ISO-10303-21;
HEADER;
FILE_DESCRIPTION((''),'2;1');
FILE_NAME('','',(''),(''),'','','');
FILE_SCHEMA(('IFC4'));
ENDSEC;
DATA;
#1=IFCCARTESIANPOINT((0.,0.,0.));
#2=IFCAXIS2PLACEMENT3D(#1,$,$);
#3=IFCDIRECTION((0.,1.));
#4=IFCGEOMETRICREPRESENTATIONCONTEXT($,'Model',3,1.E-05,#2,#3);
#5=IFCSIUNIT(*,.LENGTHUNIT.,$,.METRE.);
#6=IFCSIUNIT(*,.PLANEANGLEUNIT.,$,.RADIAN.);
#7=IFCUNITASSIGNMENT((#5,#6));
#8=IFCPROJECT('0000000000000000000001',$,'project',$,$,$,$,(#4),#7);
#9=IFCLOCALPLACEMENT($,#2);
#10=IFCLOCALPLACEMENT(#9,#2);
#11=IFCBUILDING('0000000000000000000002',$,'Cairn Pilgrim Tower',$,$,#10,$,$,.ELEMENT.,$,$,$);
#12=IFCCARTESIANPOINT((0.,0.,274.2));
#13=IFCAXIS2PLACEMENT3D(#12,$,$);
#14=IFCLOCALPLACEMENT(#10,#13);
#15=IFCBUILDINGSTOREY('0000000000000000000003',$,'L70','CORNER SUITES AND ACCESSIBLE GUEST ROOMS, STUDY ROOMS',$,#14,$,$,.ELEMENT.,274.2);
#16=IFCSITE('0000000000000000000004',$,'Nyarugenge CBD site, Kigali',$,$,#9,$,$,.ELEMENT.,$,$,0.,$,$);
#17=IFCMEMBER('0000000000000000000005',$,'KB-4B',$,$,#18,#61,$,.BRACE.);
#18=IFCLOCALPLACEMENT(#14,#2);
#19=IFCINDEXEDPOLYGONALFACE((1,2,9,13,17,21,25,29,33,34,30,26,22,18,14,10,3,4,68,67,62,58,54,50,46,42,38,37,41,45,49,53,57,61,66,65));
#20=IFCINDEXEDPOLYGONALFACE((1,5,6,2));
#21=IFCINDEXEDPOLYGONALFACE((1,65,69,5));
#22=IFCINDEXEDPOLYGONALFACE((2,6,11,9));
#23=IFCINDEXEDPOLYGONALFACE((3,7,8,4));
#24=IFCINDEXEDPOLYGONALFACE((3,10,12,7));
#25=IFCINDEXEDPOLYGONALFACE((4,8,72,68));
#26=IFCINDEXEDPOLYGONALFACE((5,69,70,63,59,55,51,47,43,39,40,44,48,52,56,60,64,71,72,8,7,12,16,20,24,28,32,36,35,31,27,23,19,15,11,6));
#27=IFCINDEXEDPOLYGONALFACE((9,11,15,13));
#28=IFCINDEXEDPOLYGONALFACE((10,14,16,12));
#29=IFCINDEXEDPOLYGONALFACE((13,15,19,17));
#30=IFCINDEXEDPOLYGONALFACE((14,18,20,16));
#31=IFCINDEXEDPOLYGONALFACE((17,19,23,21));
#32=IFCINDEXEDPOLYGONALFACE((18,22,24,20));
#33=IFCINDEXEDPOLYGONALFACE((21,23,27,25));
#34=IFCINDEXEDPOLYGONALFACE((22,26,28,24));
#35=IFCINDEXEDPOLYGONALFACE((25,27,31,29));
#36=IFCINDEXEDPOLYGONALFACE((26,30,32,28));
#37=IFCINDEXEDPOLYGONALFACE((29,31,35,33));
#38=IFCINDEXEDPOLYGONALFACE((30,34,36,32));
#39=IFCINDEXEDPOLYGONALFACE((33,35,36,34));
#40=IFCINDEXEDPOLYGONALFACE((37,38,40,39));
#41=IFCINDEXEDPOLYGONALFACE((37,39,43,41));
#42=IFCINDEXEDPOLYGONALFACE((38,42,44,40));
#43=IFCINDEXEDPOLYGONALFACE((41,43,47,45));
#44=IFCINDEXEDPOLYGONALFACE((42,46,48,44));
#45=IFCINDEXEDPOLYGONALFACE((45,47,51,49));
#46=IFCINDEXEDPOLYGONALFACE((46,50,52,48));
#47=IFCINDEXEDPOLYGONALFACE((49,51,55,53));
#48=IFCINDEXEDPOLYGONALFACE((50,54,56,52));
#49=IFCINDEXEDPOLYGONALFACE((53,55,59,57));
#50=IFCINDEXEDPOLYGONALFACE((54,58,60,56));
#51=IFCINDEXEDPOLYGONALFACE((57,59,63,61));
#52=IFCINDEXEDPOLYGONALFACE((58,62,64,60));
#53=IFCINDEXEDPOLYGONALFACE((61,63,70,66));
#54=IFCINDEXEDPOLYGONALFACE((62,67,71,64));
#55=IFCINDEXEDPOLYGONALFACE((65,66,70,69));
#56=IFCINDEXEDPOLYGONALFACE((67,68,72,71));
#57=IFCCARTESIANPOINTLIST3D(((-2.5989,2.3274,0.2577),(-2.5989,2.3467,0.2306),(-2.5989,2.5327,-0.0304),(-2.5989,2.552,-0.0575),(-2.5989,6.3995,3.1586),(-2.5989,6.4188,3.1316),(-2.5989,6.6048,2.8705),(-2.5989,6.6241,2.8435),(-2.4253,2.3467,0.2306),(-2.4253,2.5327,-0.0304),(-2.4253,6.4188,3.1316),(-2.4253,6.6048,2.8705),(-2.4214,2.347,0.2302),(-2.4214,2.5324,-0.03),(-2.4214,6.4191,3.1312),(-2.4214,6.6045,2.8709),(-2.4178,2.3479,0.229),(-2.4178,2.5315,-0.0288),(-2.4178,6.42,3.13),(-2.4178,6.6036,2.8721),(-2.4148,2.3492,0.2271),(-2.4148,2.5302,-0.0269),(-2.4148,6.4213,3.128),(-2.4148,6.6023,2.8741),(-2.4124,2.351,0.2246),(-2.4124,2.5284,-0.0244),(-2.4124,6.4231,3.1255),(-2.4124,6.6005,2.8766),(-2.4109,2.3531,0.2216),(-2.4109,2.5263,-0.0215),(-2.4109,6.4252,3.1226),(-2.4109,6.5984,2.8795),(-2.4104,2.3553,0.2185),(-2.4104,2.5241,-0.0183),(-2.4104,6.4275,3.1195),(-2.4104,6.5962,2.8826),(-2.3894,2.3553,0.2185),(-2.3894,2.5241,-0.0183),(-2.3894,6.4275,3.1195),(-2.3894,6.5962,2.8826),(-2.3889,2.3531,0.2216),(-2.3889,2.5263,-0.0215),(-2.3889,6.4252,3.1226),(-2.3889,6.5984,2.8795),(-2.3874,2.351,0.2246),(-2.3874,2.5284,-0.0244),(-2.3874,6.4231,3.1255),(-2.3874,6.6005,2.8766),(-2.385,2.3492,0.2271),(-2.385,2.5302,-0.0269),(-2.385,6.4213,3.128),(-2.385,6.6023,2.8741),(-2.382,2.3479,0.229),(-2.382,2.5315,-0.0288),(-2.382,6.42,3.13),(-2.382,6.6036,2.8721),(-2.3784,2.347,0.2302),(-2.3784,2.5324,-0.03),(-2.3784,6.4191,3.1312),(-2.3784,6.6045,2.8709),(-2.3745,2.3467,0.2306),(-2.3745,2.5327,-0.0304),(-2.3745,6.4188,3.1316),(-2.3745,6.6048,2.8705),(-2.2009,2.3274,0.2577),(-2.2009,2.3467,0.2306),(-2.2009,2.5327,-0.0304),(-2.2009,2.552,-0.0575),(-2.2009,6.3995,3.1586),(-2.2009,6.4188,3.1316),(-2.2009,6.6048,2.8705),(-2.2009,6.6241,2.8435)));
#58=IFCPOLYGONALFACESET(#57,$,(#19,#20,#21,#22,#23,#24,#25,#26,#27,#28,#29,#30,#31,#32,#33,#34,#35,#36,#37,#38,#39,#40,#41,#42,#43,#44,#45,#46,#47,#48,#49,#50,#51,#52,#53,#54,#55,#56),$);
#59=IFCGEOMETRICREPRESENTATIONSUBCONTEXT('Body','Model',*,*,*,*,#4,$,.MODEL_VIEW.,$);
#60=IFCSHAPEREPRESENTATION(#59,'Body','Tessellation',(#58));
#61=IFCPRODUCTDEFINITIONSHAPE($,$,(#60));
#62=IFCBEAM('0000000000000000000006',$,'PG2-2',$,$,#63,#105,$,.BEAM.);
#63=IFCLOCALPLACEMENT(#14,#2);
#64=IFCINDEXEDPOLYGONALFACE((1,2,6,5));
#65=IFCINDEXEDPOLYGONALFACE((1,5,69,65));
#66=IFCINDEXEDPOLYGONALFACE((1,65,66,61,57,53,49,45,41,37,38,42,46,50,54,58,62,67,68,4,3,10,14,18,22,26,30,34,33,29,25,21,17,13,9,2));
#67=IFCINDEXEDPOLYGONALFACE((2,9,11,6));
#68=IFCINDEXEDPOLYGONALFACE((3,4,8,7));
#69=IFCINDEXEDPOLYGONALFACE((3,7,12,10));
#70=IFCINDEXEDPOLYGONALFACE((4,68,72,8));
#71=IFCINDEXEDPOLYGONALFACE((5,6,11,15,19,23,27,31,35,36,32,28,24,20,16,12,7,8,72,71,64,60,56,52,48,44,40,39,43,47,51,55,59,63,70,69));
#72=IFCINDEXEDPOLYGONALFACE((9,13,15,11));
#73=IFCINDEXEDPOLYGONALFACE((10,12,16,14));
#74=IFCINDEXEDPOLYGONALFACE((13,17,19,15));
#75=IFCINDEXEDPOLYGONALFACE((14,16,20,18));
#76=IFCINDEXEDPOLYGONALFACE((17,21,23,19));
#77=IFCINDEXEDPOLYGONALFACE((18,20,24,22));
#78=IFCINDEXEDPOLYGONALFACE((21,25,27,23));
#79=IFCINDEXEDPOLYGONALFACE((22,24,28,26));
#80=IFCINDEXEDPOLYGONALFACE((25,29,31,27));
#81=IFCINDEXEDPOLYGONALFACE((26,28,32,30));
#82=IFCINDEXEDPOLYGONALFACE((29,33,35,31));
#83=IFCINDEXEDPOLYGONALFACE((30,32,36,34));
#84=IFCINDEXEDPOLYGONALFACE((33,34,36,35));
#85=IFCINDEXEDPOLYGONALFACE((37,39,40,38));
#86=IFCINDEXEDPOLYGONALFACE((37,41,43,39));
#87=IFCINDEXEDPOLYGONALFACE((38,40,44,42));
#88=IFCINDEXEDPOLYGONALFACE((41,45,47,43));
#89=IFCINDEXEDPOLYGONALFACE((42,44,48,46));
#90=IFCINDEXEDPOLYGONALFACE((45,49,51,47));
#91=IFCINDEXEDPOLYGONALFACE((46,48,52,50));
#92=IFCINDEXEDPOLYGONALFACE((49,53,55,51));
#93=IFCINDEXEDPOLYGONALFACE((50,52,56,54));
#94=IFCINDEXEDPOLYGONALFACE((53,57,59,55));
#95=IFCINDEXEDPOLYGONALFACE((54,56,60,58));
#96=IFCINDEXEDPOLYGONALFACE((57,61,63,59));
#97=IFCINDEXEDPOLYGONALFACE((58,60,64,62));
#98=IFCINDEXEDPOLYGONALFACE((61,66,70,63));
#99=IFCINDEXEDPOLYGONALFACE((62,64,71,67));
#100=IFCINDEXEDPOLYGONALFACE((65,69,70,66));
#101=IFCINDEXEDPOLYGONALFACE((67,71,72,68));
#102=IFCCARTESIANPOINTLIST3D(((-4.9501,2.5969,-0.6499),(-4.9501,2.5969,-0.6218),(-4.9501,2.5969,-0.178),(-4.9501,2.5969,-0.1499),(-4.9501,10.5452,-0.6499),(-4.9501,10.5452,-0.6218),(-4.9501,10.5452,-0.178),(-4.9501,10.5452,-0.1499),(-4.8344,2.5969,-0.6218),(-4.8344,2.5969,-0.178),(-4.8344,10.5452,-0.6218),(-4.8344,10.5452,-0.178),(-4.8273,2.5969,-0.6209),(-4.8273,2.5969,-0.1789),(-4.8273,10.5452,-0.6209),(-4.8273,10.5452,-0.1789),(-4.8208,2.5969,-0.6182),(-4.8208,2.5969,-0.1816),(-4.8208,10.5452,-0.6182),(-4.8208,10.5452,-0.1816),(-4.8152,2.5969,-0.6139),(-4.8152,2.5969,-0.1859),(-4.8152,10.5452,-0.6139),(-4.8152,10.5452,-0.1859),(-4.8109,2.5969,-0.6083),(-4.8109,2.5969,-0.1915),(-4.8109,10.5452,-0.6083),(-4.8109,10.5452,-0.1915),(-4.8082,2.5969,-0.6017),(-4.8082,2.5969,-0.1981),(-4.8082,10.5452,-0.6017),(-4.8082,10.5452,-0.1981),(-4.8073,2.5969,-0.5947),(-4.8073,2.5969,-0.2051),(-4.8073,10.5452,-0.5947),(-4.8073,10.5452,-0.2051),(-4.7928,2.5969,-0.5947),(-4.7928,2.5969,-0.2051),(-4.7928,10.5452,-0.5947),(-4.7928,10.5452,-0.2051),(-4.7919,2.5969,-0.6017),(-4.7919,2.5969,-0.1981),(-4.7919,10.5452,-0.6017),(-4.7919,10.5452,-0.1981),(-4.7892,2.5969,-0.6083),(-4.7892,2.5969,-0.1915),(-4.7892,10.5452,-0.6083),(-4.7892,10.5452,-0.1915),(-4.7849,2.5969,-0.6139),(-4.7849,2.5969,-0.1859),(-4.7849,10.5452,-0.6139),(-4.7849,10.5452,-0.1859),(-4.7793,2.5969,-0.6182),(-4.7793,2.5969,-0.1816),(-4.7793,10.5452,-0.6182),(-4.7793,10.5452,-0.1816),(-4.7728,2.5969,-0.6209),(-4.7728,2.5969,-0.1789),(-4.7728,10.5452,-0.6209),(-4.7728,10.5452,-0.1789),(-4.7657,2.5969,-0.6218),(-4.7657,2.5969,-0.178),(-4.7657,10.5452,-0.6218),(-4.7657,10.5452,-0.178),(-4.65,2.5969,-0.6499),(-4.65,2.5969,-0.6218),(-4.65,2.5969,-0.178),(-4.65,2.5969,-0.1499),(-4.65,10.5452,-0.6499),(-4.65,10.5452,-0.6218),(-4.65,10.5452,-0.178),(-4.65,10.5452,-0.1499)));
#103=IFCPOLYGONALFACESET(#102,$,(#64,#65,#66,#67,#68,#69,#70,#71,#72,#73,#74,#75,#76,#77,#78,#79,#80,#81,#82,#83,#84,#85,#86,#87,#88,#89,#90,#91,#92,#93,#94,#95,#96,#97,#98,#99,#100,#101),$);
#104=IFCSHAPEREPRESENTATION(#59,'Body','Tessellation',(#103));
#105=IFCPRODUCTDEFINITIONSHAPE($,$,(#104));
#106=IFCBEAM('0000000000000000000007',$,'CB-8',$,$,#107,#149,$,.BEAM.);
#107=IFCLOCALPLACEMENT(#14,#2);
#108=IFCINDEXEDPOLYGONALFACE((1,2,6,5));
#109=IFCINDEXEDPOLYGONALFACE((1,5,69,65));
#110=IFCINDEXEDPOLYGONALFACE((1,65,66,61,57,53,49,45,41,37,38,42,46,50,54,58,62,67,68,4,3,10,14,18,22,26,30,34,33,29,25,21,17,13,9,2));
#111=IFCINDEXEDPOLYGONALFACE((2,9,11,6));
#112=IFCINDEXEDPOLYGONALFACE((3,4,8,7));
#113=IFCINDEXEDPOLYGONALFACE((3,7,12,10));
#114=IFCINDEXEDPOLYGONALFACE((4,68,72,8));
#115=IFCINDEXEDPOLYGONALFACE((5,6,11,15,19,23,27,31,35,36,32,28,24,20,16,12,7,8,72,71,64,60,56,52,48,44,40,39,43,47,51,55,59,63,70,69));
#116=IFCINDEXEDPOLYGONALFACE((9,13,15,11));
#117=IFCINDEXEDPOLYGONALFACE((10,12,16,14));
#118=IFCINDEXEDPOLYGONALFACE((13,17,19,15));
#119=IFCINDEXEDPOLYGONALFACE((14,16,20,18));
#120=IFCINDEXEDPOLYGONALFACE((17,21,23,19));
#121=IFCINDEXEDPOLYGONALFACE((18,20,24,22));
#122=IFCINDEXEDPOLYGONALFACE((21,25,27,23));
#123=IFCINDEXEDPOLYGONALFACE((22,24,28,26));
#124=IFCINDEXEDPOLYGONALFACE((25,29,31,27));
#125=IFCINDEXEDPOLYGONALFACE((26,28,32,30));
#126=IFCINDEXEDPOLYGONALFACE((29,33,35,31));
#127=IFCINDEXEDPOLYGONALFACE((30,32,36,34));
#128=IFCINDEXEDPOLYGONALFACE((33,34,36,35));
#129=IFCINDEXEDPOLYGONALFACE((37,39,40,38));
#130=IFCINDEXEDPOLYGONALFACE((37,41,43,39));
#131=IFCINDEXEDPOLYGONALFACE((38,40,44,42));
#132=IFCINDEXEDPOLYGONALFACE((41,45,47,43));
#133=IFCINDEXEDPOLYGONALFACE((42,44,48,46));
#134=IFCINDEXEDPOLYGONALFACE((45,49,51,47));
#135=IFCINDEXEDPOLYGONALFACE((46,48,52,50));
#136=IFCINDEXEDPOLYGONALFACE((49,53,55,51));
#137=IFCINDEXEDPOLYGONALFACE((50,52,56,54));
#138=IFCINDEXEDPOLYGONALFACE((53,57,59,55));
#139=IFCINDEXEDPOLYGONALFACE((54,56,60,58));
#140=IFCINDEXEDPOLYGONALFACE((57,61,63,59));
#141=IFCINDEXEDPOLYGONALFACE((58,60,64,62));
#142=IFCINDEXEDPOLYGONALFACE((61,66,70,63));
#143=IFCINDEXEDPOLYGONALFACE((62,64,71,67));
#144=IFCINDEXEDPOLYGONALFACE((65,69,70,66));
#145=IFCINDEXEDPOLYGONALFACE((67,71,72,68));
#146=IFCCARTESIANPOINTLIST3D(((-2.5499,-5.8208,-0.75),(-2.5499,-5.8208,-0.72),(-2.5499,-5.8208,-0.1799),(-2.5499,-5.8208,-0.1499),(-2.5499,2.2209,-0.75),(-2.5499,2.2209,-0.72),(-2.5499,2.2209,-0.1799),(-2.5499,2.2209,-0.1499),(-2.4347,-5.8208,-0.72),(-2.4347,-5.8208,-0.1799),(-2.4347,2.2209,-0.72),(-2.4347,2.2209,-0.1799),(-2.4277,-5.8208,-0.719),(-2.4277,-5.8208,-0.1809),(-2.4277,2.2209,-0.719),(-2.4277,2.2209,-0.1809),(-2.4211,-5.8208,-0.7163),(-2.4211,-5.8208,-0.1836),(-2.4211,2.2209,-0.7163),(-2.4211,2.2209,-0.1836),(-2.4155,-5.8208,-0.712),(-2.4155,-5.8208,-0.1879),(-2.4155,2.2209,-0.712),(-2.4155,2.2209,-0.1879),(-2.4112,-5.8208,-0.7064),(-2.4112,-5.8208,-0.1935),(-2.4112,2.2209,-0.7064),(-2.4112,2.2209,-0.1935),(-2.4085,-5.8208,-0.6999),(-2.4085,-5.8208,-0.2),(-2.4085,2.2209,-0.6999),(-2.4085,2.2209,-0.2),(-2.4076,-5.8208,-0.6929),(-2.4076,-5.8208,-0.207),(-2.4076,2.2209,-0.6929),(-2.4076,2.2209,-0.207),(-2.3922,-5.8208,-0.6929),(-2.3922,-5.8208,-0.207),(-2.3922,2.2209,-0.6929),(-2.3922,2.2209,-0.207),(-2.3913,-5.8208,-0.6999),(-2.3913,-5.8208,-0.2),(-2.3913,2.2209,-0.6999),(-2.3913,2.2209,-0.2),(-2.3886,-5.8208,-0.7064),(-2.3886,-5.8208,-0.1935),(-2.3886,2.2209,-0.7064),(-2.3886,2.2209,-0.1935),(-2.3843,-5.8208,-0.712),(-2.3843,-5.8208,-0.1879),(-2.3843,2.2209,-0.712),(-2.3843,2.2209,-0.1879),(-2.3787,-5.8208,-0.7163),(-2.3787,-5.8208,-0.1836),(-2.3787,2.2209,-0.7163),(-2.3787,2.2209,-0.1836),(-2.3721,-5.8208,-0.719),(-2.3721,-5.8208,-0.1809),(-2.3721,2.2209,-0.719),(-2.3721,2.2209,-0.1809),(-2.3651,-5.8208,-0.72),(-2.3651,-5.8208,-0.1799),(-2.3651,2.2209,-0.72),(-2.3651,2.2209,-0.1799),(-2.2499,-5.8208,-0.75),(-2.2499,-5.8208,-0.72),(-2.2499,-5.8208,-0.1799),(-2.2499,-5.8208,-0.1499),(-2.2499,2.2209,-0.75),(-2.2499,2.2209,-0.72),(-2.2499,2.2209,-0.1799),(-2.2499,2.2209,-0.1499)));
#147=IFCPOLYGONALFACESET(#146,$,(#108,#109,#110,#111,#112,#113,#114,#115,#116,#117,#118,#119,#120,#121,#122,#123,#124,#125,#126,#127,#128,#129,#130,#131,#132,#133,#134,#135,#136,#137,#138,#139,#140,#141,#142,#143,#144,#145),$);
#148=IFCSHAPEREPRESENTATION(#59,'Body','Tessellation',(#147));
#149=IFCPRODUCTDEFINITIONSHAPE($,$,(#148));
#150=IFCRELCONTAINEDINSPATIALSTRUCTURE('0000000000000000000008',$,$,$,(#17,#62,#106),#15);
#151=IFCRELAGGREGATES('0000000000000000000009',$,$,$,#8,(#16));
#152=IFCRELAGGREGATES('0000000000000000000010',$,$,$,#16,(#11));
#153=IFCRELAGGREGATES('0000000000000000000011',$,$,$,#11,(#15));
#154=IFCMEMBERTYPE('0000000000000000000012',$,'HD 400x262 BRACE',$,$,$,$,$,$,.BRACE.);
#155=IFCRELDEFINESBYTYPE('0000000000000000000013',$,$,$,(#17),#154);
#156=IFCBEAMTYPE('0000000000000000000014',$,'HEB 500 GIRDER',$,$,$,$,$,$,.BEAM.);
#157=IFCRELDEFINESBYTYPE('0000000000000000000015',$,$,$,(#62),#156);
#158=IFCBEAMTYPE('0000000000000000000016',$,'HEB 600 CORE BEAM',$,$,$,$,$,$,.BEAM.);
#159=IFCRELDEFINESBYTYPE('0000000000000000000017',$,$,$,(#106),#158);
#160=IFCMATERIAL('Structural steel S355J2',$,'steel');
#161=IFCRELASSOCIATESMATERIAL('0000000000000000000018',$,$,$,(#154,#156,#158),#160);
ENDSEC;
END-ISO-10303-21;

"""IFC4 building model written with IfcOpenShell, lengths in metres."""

from ifc_helpers import new_model, si_unit, direction, frame, origin, origin_2d, place, context, subcontext, project, spatial, i_section, extrude, material, material_profile, profile_set, type_object, element, save


model = new_model("IFC4")

# Units and contexts
model_context = context("Model", 3, precision=1e-05, world=origin(), true_north=direction((0.0, 1.0)))
body_context = subcontext(model_context, "Body", "Model", "MODEL_VIEW")
ifc_project = project(units=[si_unit("LENGTHUNIT", "METRE"), si_unit("PLANEANGLEUNIT", "RADIAN")], contexts=[model_context])

# Site, building, storey
site_placement = place(None, origin())
site = spatial("IfcSite", under=ifc_project, at=site_placement, Name="Nyarugenge CBD site, Kigali", CompositionType="ELEMENT", RefElevation=0.0)
building_placement = place(site_placement, origin())
building = spatial("IfcBuilding", under=site, at=building_placement, Name="Cairn Pilgrim Tower", CompositionType="ELEMENT")
storey_placement = place(building_placement, frame((0.0, 0.0, 274.2)))
storey = spatial("IfcBuildingStorey", under=building, at=storey_placement, Name="L70", Description="CORNER SUITES AND ACCESSIBLE GUEST ROOMS, STUDY ROOMS", CompositionType="ELEMENT", Elevation=274.2)

# Shared definitions
ifc_material_1 = material(Name="Structural steel S355J2", Category="steel")

# Member
ifc_material_profile_1 = material_profile(ifc_material_1, i_section(OverallWidth=0.3979, OverallDepth=0.387, WebThickness=0.021, FlangeThickness=0.0332, FilletRadius=0.0149, at=origin_2d()), Name="HD 400x262")
ifc_profile_set_1 = profile_set([ifc_material_profile_1], Name="Structural steel S355J2")
member_type_1 = type_object("IfcMemberType", Name="HD 400x262 BRACE", PredefinedType="BRACE", material=ifc_profile_set_1)
member_1_placement = place(storey_placement, frame((-2.3999, 2.4397, 0.1001), z_axis=(0.0, 0.814462, 0.580217), x_axis=(-1.0, 0.0, 0.0)))
element("IfcMember", 1, at=member_1_placement, inside=storey, type_object=member_type_1, Name="KB-4B", PredefinedType="BRACE", context=body_context, shape_type="SweptSolid", body=[
    extrude(i_section(OverallWidth=0.3979, OverallDepth=0.387, WebThickness=0.021, FlangeThickness=0.0332, FilletRadius=0.0149, at=origin_2d()), origin(), (0.0, 0.0, 1.0), 4.9998),
])

# Beams
ifc_material_profile_2 = material_profile(ifc_material_1, i_section(OverallWidth=0.3, OverallDepth=0.5, WebThickness=0.0144, FlangeThickness=0.0281, FilletRadius=0.0271, at=origin_2d()), Name="HEB 500")
ifc_profile_set_2 = profile_set([ifc_material_profile_2], Name="Structural steel S355J2")
beam_type_1 = type_object("IfcBeamType", Name="HEB 500 GIRDER", PredefinedType="BEAM", material=ifc_profile_set_2)
beam_1_placement = place(storey_placement, frame((-4.8, 2.5969, -0.3999), z_axis=(0.0, 1.0, 0.0), x_axis=(-1.0, 0.0, 0.0)))
element("IfcBeam", 2, at=beam_1_placement, inside=storey, type_object=beam_type_1, Name="PG2-2", PredefinedType="BEAM", context=body_context, shape_type="SweptSolid", body=[
    extrude(i_section(OverallWidth=0.3, OverallDepth=0.5, WebThickness=0.0144, FlangeThickness=0.0281, FilletRadius=0.0271, at=origin_2d()), origin(), (0.0, 0.0, 1.0), 7.9482),
])
ifc_material_profile_3 = material_profile(ifc_material_1, i_section(OverallWidth=0.3, OverallDepth=0.6001, WebThickness=0.0154, FlangeThickness=0.03, FilletRadius=0.0271, at=origin_2d()), Name="HEB 600")
ifc_profile_set_3 = profile_set([ifc_material_profile_3], Name="Structural steel S355J2")
beam_type_2 = type_object("IfcBeamType", Name="HEB 600 CORE BEAM", PredefinedType="BEAM", material=ifc_profile_set_3)
beam_2_placement = place(storey_placement, frame((-2.3999, 2.2209, -0.45), z_axis=(0.0, -1.0, 0.0), x_axis=(1.0, 0.0, 0.0)))
element("IfcBeam", 3, at=beam_2_placement, inside=storey, type_object=beam_type_2, Name="CB-8", PredefinedType="BEAM", context=body_context, shape_type="SweptSolid", body=[
    extrude(i_section(OverallWidth=0.3, OverallDepth=0.6001, WebThickness=0.0154, FlangeThickness=0.03, FilletRadius=0.0271, at=origin_2d()), origin(), (0.0, 0.0, 1.0), 8.0417),
])

save(model, "model.ifc")
